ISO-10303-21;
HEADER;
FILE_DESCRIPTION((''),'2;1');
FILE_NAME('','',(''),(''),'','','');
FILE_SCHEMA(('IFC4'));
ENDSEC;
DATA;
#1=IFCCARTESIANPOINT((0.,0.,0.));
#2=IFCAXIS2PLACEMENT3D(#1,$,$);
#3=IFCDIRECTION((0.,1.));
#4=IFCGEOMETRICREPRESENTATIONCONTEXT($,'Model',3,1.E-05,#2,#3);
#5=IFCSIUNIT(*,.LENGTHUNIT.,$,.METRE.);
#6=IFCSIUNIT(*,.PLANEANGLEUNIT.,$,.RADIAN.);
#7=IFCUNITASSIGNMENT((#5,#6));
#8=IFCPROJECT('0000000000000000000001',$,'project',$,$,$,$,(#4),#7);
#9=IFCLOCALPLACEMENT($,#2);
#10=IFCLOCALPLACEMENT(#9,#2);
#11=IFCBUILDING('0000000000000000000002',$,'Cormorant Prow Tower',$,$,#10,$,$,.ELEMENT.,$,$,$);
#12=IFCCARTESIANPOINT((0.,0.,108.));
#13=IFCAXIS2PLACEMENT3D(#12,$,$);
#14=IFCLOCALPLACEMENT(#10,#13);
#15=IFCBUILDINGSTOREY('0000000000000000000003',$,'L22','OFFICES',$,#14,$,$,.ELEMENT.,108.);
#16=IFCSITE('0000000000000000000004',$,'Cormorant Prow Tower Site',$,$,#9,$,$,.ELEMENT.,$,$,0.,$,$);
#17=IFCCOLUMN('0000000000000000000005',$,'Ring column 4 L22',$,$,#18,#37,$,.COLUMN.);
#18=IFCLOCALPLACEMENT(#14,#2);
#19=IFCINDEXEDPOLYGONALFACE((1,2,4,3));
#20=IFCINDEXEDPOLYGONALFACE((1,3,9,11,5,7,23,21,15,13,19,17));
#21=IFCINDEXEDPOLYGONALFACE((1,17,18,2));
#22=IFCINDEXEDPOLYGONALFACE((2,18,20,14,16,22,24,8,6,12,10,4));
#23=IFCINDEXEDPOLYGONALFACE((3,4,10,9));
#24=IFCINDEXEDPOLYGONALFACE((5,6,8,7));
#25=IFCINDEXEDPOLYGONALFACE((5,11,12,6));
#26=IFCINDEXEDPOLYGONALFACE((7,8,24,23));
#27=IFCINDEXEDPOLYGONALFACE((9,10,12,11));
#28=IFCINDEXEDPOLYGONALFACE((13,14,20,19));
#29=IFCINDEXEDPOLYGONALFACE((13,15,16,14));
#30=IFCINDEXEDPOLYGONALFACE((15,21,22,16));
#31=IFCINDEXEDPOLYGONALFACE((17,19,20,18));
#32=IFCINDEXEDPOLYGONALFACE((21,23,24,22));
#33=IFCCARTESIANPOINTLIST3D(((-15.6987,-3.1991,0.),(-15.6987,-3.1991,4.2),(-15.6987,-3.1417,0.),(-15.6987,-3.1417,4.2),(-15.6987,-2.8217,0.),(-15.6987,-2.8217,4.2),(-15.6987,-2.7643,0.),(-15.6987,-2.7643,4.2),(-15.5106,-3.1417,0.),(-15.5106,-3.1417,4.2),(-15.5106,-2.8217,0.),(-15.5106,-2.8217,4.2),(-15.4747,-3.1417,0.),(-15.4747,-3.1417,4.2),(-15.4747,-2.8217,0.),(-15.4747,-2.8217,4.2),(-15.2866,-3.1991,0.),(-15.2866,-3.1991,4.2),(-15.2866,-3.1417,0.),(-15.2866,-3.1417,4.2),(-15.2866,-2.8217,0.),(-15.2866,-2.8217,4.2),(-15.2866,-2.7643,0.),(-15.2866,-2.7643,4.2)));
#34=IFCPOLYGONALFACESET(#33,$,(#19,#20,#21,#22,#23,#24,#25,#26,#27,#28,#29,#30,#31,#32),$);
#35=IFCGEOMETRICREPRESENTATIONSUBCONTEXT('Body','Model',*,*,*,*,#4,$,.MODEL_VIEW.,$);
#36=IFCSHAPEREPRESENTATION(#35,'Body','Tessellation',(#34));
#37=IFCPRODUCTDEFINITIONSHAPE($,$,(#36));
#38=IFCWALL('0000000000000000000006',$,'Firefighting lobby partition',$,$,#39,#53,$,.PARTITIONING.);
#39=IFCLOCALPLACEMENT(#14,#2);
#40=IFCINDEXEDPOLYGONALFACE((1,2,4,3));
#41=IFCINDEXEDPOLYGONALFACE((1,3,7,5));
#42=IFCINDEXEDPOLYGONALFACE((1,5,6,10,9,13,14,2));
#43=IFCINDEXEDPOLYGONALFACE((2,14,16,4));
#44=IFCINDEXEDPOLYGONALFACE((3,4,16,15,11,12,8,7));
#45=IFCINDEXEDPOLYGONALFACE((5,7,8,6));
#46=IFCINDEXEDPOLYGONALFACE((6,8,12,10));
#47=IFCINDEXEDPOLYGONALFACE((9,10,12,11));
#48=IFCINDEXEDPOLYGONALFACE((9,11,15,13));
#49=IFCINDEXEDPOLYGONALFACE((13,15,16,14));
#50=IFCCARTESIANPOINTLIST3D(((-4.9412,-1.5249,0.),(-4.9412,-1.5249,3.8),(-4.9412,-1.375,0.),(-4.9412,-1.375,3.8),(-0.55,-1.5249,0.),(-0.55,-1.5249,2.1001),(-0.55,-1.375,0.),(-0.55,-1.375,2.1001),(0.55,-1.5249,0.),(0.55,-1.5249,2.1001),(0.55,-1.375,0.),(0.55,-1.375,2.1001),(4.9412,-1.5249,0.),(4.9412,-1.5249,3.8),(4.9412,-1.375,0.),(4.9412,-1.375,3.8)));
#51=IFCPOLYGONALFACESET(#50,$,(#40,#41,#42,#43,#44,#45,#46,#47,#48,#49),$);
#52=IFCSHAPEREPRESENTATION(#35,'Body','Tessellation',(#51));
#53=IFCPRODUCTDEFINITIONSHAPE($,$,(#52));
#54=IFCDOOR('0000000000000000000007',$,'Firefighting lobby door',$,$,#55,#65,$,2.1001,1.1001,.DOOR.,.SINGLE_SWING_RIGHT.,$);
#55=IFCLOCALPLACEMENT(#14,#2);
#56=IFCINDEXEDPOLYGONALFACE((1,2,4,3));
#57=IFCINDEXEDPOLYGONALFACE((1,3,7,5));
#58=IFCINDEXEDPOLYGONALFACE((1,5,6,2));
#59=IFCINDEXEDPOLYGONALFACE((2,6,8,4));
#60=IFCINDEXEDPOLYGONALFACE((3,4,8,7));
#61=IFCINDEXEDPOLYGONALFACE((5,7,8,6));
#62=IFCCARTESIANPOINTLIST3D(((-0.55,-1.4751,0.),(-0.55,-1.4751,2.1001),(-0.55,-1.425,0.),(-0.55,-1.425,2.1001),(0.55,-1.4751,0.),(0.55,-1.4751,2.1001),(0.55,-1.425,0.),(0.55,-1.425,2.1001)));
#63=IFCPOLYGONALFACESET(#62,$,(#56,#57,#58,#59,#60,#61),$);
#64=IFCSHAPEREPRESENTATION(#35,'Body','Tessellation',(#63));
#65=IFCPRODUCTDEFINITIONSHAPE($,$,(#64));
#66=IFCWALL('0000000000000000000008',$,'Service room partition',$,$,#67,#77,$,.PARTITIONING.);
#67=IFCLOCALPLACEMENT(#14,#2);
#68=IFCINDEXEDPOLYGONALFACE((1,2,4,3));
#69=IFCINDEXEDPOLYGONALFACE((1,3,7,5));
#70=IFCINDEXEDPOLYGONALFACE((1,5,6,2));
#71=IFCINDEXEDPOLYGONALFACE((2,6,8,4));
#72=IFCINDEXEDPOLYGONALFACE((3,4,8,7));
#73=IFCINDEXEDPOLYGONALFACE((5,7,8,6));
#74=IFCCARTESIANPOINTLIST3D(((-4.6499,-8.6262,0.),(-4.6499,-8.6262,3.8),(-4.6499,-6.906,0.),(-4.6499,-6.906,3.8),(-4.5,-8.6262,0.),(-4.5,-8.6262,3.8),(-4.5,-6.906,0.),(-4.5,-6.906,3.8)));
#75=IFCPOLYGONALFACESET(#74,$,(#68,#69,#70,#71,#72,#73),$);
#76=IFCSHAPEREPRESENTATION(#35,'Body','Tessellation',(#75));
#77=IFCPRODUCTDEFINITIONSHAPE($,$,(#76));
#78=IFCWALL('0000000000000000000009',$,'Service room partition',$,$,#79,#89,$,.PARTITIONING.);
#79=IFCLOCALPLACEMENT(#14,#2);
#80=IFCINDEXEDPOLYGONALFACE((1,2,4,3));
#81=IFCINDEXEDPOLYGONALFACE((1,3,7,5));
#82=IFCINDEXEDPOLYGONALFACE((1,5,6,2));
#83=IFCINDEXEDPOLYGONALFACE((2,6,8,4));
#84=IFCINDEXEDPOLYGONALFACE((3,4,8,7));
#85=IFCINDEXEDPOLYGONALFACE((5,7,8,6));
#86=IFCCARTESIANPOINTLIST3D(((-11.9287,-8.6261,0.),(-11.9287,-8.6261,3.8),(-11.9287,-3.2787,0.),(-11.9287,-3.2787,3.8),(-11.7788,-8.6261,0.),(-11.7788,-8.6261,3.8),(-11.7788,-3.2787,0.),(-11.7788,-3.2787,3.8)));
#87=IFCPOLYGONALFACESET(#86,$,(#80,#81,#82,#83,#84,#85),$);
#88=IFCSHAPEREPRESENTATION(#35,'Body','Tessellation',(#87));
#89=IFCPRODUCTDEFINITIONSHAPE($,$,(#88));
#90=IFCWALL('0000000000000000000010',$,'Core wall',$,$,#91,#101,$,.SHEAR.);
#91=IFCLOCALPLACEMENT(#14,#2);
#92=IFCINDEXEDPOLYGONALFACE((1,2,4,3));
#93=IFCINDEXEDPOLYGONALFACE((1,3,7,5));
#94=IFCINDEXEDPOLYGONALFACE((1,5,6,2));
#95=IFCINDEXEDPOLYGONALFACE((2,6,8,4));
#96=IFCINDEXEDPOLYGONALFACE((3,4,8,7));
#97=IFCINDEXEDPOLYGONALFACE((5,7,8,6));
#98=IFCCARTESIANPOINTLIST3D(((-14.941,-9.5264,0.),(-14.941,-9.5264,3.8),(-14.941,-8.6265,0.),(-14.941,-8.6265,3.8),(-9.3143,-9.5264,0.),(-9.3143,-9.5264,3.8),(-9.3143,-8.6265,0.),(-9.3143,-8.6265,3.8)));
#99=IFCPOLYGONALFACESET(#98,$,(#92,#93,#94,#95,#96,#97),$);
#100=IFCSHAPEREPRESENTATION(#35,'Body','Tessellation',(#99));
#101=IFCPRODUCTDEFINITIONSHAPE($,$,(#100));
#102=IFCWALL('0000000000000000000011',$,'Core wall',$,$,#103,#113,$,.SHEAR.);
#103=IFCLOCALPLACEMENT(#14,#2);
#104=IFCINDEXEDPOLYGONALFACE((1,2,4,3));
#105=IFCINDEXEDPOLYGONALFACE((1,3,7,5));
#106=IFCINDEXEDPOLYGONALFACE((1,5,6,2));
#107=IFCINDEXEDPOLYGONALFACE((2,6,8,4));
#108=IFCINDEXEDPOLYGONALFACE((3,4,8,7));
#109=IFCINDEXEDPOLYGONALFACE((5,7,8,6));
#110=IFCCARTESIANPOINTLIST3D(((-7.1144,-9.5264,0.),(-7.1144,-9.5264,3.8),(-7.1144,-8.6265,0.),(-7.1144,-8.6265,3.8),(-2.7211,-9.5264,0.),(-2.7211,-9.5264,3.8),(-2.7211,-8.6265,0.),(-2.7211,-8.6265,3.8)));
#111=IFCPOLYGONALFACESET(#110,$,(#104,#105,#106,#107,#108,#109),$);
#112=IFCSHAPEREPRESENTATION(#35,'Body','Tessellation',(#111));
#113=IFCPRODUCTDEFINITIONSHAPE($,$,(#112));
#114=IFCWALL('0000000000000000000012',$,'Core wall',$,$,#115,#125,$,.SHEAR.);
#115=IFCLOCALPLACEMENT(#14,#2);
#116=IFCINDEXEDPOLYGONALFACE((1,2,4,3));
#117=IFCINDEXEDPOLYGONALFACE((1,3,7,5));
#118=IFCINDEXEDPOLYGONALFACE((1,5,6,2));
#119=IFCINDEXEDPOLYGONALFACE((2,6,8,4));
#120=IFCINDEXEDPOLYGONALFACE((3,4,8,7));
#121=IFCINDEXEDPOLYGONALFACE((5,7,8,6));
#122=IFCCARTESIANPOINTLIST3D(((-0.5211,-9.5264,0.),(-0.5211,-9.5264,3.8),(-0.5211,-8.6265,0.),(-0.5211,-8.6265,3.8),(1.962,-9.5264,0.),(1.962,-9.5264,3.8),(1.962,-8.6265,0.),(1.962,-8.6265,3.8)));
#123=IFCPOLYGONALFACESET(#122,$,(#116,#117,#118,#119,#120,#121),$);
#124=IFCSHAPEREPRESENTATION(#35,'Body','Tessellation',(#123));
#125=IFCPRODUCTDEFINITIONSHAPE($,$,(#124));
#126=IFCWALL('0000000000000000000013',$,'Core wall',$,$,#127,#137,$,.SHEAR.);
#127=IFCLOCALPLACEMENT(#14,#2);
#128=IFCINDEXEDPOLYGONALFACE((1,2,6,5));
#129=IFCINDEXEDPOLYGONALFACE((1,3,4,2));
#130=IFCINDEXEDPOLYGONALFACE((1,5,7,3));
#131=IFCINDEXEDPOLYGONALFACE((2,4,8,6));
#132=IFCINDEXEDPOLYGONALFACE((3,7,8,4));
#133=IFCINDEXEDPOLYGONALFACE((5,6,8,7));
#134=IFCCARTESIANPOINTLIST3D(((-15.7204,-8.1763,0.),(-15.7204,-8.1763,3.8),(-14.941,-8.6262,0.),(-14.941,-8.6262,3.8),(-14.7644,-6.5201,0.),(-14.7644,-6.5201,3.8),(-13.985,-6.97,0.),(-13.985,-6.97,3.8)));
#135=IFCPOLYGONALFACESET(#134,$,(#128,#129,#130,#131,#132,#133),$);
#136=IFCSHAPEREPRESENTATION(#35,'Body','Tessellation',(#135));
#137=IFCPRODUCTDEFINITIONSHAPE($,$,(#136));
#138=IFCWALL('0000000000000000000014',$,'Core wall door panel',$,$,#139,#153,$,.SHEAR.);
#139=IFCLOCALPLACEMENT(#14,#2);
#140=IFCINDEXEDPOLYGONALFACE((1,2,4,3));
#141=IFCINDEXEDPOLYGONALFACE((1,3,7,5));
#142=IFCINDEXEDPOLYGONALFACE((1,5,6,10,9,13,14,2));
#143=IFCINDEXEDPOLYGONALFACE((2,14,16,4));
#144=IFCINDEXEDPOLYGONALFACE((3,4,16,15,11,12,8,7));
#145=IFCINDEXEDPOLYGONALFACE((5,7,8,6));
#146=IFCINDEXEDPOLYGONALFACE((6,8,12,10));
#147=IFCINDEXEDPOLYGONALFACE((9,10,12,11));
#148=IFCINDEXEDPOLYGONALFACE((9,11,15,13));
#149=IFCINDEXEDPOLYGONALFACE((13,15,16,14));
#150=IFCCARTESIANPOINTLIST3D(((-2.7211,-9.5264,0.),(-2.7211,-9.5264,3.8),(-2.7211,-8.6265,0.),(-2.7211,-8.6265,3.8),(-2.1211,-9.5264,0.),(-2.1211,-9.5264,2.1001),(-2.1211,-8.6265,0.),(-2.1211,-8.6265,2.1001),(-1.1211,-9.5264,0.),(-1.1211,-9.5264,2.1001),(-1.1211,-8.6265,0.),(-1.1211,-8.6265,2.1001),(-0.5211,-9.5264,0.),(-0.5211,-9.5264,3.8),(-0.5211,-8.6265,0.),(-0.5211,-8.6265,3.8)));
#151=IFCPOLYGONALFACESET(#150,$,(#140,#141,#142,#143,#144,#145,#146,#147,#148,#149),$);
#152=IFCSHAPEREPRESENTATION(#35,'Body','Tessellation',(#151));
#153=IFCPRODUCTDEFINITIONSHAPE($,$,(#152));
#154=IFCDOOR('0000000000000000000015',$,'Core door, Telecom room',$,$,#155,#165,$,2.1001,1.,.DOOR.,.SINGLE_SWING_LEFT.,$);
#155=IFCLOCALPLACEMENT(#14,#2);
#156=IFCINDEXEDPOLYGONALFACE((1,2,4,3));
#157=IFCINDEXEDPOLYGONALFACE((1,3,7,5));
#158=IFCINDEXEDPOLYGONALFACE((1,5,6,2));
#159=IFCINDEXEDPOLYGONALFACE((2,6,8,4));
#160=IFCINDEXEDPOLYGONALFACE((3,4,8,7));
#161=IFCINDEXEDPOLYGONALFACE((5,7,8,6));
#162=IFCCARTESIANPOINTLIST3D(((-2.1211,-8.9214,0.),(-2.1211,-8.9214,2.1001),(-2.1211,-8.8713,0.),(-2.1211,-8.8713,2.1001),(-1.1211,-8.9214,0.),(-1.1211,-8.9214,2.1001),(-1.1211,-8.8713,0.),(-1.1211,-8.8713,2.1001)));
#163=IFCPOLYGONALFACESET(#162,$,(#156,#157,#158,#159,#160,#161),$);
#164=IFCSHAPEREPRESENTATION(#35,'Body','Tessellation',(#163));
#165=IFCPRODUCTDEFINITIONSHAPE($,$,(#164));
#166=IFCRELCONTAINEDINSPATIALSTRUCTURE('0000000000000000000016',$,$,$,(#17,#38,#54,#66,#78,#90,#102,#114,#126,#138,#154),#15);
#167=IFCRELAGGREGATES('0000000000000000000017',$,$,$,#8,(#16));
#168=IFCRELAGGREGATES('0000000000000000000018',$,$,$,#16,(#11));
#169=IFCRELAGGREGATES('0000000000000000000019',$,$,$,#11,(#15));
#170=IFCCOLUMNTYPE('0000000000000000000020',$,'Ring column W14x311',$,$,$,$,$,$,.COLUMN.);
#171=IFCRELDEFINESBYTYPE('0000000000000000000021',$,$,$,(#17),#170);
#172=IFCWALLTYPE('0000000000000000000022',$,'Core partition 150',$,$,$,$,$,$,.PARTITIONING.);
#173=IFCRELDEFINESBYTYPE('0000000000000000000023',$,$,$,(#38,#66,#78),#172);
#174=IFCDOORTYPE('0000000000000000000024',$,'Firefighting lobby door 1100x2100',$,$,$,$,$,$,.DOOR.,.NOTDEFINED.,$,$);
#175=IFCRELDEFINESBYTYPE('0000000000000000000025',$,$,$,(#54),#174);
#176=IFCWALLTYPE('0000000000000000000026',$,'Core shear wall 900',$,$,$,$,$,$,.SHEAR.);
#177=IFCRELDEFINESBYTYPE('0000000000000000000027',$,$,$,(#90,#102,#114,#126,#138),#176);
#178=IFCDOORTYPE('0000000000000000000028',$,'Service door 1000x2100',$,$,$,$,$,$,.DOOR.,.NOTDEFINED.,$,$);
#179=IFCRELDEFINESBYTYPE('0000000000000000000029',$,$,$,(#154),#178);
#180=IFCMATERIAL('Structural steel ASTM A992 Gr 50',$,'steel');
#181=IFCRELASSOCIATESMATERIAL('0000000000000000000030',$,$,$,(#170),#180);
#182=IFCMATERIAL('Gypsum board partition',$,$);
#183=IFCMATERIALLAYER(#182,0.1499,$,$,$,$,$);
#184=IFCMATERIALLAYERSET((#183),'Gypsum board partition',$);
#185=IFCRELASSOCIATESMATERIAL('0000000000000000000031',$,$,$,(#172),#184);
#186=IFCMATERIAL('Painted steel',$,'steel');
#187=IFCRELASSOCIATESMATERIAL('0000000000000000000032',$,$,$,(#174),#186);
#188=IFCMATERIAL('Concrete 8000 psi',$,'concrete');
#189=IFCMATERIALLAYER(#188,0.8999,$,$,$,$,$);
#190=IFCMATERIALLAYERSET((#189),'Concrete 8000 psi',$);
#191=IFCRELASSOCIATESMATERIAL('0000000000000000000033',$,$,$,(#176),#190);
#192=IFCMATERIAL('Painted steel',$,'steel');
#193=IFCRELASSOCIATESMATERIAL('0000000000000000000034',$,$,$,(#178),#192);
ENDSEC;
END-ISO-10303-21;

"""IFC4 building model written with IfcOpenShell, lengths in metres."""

from ifc_helpers import new_model, si_unit, direction, frame, frame_2d, origin, origin_2d, place, context, subcontext, project, spatial, rectangle, i_section, extrude, material, layer, layer_set, material_profile, profile_set, type_object, element, fill, save


model = new_model("IFC4")

# Units and contexts
model_context = context("Model", 3, precision=1e-05, world=origin(), true_north=direction((0.0, 1.0)))
body_context = subcontext(model_context, "Body", "Model", "MODEL_VIEW")
ifc_project = project(units=[si_unit("LENGTHUNIT", "METRE"), si_unit("PLANEANGLEUNIT", "RADIAN")], contexts=[model_context])

# Site, building, storey
site_placement = place(None, origin())
site = spatial("IfcSite", under=ifc_project, at=site_placement, Name="Cormorant Prow Tower Site", CompositionType="ELEMENT", RefElevation=0.0)
building_placement = place(site_placement, origin())
building = spatial("IfcBuilding", under=site, at=building_placement, Name="Cormorant Prow Tower", CompositionType="ELEMENT")
storey_placement = place(building_placement, frame((0.0, 0.0, 108.0)))
storey = spatial("IfcBuildingStorey", under=building, at=storey_placement, Name="L22", Description="OFFICES", CompositionType="ELEMENT", Elevation=108.0)

# Column
ifc_material_1 = material(Name="Structural steel ASTM A992 Gr 50", Category="steel")
ifc_material_profile = material_profile(ifc_material_1, i_section(OverallWidth=0.4121, OverallDepth=0.4348, WebThickness=0.0359, FlangeThickness=0.0574, at=origin_2d()), Name="W14x311")
ifc_profile_set = profile_set([ifc_material_profile], Name="Structural steel ASTM A992 Gr 50")
column_type = type_object("IfcColumnType", Name="Ring column W14x311", PredefinedType="COLUMN", material=ifc_profile_set)
column_placement = place(storey_placement, frame((-15.4927, -2.9817, 0.0), z_axis=(0.0, 0.0, 1.0), x_axis=(1.0, 0.0, 0.0)))
element("IfcColumn", 1, at=column_placement, inside=storey, type_object=column_type, Name="Ring column 4 L22", PredefinedType="COLUMN", context=body_context, shape_type="SweptSolid", body=[
    extrude(i_section(OverallWidth=0.4121, OverallDepth=0.4348, WebThickness=0.0359, FlangeThickness=0.0574, at=origin_2d()), origin(), (0.0, 0.0, 1.0), 4.2),
])

# Wall, opening, door
ifc_material_2 = material(Name="Gypsum board partition")
ifc_layer_1 = layer(ifc_material_2, 0.1499)
ifc_layer_set_1 = layer_set([ifc_layer_1], Name="Gypsum board partition")
wall_type_1 = type_object("IfcWallType", Name="Core partition 150", PredefinedType="PARTITIONING", material=ifc_layer_set_1)
wall_1_placement = place(storey_placement, frame((-4.9412, -1.45, 0.0), z_axis=(0.0, 0.0, 1.0), x_axis=(1.0, 0.0, 0.0)))
wall_1 = element("IfcWall", 2, at=wall_1_placement, inside=storey, type_object=wall_type_1, Name="Firefighting lobby partition", PredefinedType="PARTITIONING", context=body_context, shape_type="SweptSolid", body=[
    extrude(rectangle(XDim=9.8823, YDim=0.1499, at=frame_2d((4.9412, 0.0))), origin(), (0.0, 0.0, 1.0), 3.8),
])
opening_1_placement = place(wall_1_placement, frame((4.3911, 0.0, 0.0)))
opening_1 = element("IfcOpeningElement", 3, at=opening_1_placement, cuts=wall_1, PredefinedType="OPENING", context=body_context, shape_type="SweptSolid", body=[
    extrude(rectangle(XDim=1.1001, YDim=2.1001, at=frame_2d((0.55, 1.05))), frame((0.0, 0.085, 0.0), z_axis=(0.0, -1.0, 0.0), x_axis=(1.0, 0.0, 0.0)), (0.0, 0.0, 1.0), 0.1699),
])
ifc_material_3 = material(Name="Painted steel", Category="steel")
door_type_1 = type_object("IfcDoorType", Name="Firefighting lobby door 1100x2100", OperationType="NOTDEFINED", PredefinedType="DOOR", material=ifc_material_3)
door_1_placement = place(opening_1_placement, origin())
door_1 = element("IfcDoor", 4, at=door_1_placement, inside=storey, type_object=door_type_1, Name="Firefighting lobby door", OperationType="SINGLE_SWING_RIGHT", OverallHeight=2.1001, OverallWidth=1.1001, PredefinedType="DOOR", context=body_context, shape_type="SweptSolid", body=[
    extrude(rectangle(XDim=1.1001, YDim=2.1001, at=frame_2d((0.55, 1.05))), frame((0.0, 0.0249, 0.0), z_axis=(0.0, -1.0, 0.0), x_axis=(1.0, 0.0, 0.0)), (0.0, 0.0, 1.0), 0.05),
])
fill(opening_1, door_1)

# Walls
wall_2_placement = place(storey_placement, frame((-4.575, -6.906, 0.0), z_axis=(0.0, 0.0, 1.0), x_axis=(0.0, -1.0, 0.0)))
element("IfcWall", 5, at=wall_2_placement, inside=storey, type_object=wall_type_1, Name="Service room partition", PredefinedType="PARTITIONING", context=body_context, shape_type="SweptSolid", body=[
    extrude(rectangle(XDim=1.7202, YDim=0.1499, at=frame_2d((0.8601, 0.0))), origin(), (0.0, 0.0, 1.0), 3.8),
])
wall_3_placement = place(storey_placement, frame((-11.8538, -8.6262, 0.0), z_axis=(0.0, 0.0, 1.0), x_axis=(0.0, 1.0, 0.0)))
element("IfcWall", 6, at=wall_3_placement, inside=storey, type_object=wall_type_1, Name="Service room partition", PredefinedType="PARTITIONING", context=body_context, shape_type="SweptSolid", body=[
    extrude(rectangle(XDim=5.3474, YDim=0.1499, at=frame_2d((2.6738, 0.0))), origin(), (0.0, 0.0, 1.0), 3.8),
])
ifc_material_4 = material(Name="Concrete 8000 psi", Category="concrete")
ifc_layer_2 = layer(ifc_material_4, 0.8999)
ifc_layer_set_2 = layer_set([ifc_layer_2], Name="Concrete 8000 psi")
wall_type_2 = type_object("IfcWallType", Name="Core shear wall 900", PredefinedType="SHEAR", material=ifc_layer_set_2)
wall_4_placement = place(storey_placement, frame((-14.9412, -9.0764, 0.0), z_axis=(0.0, 0.0, 1.0), x_axis=(1.0, 0.0, 0.0)))
element("IfcWall", 7, at=wall_4_placement, inside=storey, type_object=wall_type_2, Name="Core wall", PredefinedType="SHEAR", context=body_context, shape_type="SweptSolid", body=[
    extrude(rectangle(XDim=5.6267, YDim=0.8999, at=frame_2d((2.8135, 0.0))), origin(), (0.0, 0.0, 1.0), 3.8),
])
wall_5_placement = place(storey_placement, frame((-7.1145, -9.0764, 0.0), z_axis=(0.0, 0.0, 1.0), x_axis=(1.0, 0.0, 0.0)))
element("IfcWall", 8, at=wall_5_placement, inside=storey, type_object=wall_type_2, Name="Core wall", PredefinedType="SHEAR", context=body_context, shape_type="SweptSolid", body=[
    extrude(rectangle(XDim=4.3933, YDim=0.8999, at=frame_2d((2.1968, 0.0))), origin(), (0.0, 0.0, 1.0), 3.8),
])
wall_6_placement = place(storey_placement, frame((-0.5212, -9.0764, 0.0), z_axis=(0.0, 0.0, 1.0), x_axis=(1.0, 0.0, 0.0)))
element("IfcWall", 9, at=wall_6_placement, inside=storey, type_object=wall_type_2, Name="Core wall", PredefinedType="SHEAR", context=body_context, shape_type="SweptSolid", body=[
    extrude(rectangle(XDim=2.4832, YDim=0.8999, at=frame_2d((1.2417, 0.0))), origin(), (0.0, 0.0, 1.0), 3.8),
])
wall_7_placement = place(storey_placement, frame((-14.3748, -6.7451, 0.0), z_axis=(0.0, 0.0, 1.0), x_axis=(-0.499929, -0.866067, 0.0)))
element("IfcWall", 10, at=wall_7_placement, inside=storey, type_object=wall_type_2, Name="Core wall", PredefinedType="SHEAR", context=body_context, shape_type="SweptSolid", body=[
    extrude(rectangle(XDim=1.9124, YDim=0.8999, at=frame_2d((0.9561, 0.0))), origin(), (0.0, 0.0, 1.0), 3.8),
])

# Wall, opening, door
wall_8_placement = place(storey_placement, frame((-2.7212, -9.0764, 0.0), z_axis=(0.0, 0.0, 1.0), x_axis=(1.0, 0.0, 0.0)))
wall_8 = element("IfcWall", 11, at=wall_8_placement, inside=storey, type_object=wall_type_2, Name="Core wall door panel", PredefinedType="SHEAR", context=body_context, shape_type="SweptSolid", body=[
    extrude(rectangle(XDim=2.2, YDim=0.8999, at=frame_2d((1.1001, 0.0))), origin(), (0.0, 0.0, 1.0), 3.8),
])
opening_2_placement = place(wall_8_placement, frame((0.6001, 0.0, 0.0)))
opening_2 = element("IfcOpeningElement", 12, at=opening_2_placement, cuts=wall_8, PredefinedType="OPENING", context=body_context, shape_type="SweptSolid", body=[
    extrude(rectangle(XDim=1.0, YDim=2.1001, at=frame_2d((0.5, 1.05))), frame((0.0, 0.46, 0.0), z_axis=(0.0, -1.0, 0.0), x_axis=(1.0, 0.0, 0.0)), (0.0, 0.0, 1.0), 0.9199),
])
ifc_material_5 = material(Name="Painted steel", Category="steel")
door_type_2 = type_object("IfcDoorType", Name="Service door 1000x2100", OperationType="NOTDEFINED", PredefinedType="DOOR", material=ifc_material_5)
door_2_placement = place(opening_2_placement, origin())
door_2 = element("IfcDoor", 13, at=door_2_placement, inside=storey, type_object=door_type_2, Name="Core door, Telecom room", OperationType="SINGLE_SWING_LEFT", OverallHeight=2.1001, OverallWidth=1.0, PredefinedType="DOOR", context=body_context, shape_type="SweptSolid", body=[
    extrude(rectangle(XDim=1.0, YDim=2.1001, at=frame_2d((0.5, 1.05))), frame((0.0, 0.2051, 0.0), z_axis=(0.0, -1.0, 0.0), x_axis=(1.0, 0.0, 0.0)), (0.0, 0.0, 1.0), 0.05),
])
fill(opening_2, door_2)

save(model, "model.ifc")
